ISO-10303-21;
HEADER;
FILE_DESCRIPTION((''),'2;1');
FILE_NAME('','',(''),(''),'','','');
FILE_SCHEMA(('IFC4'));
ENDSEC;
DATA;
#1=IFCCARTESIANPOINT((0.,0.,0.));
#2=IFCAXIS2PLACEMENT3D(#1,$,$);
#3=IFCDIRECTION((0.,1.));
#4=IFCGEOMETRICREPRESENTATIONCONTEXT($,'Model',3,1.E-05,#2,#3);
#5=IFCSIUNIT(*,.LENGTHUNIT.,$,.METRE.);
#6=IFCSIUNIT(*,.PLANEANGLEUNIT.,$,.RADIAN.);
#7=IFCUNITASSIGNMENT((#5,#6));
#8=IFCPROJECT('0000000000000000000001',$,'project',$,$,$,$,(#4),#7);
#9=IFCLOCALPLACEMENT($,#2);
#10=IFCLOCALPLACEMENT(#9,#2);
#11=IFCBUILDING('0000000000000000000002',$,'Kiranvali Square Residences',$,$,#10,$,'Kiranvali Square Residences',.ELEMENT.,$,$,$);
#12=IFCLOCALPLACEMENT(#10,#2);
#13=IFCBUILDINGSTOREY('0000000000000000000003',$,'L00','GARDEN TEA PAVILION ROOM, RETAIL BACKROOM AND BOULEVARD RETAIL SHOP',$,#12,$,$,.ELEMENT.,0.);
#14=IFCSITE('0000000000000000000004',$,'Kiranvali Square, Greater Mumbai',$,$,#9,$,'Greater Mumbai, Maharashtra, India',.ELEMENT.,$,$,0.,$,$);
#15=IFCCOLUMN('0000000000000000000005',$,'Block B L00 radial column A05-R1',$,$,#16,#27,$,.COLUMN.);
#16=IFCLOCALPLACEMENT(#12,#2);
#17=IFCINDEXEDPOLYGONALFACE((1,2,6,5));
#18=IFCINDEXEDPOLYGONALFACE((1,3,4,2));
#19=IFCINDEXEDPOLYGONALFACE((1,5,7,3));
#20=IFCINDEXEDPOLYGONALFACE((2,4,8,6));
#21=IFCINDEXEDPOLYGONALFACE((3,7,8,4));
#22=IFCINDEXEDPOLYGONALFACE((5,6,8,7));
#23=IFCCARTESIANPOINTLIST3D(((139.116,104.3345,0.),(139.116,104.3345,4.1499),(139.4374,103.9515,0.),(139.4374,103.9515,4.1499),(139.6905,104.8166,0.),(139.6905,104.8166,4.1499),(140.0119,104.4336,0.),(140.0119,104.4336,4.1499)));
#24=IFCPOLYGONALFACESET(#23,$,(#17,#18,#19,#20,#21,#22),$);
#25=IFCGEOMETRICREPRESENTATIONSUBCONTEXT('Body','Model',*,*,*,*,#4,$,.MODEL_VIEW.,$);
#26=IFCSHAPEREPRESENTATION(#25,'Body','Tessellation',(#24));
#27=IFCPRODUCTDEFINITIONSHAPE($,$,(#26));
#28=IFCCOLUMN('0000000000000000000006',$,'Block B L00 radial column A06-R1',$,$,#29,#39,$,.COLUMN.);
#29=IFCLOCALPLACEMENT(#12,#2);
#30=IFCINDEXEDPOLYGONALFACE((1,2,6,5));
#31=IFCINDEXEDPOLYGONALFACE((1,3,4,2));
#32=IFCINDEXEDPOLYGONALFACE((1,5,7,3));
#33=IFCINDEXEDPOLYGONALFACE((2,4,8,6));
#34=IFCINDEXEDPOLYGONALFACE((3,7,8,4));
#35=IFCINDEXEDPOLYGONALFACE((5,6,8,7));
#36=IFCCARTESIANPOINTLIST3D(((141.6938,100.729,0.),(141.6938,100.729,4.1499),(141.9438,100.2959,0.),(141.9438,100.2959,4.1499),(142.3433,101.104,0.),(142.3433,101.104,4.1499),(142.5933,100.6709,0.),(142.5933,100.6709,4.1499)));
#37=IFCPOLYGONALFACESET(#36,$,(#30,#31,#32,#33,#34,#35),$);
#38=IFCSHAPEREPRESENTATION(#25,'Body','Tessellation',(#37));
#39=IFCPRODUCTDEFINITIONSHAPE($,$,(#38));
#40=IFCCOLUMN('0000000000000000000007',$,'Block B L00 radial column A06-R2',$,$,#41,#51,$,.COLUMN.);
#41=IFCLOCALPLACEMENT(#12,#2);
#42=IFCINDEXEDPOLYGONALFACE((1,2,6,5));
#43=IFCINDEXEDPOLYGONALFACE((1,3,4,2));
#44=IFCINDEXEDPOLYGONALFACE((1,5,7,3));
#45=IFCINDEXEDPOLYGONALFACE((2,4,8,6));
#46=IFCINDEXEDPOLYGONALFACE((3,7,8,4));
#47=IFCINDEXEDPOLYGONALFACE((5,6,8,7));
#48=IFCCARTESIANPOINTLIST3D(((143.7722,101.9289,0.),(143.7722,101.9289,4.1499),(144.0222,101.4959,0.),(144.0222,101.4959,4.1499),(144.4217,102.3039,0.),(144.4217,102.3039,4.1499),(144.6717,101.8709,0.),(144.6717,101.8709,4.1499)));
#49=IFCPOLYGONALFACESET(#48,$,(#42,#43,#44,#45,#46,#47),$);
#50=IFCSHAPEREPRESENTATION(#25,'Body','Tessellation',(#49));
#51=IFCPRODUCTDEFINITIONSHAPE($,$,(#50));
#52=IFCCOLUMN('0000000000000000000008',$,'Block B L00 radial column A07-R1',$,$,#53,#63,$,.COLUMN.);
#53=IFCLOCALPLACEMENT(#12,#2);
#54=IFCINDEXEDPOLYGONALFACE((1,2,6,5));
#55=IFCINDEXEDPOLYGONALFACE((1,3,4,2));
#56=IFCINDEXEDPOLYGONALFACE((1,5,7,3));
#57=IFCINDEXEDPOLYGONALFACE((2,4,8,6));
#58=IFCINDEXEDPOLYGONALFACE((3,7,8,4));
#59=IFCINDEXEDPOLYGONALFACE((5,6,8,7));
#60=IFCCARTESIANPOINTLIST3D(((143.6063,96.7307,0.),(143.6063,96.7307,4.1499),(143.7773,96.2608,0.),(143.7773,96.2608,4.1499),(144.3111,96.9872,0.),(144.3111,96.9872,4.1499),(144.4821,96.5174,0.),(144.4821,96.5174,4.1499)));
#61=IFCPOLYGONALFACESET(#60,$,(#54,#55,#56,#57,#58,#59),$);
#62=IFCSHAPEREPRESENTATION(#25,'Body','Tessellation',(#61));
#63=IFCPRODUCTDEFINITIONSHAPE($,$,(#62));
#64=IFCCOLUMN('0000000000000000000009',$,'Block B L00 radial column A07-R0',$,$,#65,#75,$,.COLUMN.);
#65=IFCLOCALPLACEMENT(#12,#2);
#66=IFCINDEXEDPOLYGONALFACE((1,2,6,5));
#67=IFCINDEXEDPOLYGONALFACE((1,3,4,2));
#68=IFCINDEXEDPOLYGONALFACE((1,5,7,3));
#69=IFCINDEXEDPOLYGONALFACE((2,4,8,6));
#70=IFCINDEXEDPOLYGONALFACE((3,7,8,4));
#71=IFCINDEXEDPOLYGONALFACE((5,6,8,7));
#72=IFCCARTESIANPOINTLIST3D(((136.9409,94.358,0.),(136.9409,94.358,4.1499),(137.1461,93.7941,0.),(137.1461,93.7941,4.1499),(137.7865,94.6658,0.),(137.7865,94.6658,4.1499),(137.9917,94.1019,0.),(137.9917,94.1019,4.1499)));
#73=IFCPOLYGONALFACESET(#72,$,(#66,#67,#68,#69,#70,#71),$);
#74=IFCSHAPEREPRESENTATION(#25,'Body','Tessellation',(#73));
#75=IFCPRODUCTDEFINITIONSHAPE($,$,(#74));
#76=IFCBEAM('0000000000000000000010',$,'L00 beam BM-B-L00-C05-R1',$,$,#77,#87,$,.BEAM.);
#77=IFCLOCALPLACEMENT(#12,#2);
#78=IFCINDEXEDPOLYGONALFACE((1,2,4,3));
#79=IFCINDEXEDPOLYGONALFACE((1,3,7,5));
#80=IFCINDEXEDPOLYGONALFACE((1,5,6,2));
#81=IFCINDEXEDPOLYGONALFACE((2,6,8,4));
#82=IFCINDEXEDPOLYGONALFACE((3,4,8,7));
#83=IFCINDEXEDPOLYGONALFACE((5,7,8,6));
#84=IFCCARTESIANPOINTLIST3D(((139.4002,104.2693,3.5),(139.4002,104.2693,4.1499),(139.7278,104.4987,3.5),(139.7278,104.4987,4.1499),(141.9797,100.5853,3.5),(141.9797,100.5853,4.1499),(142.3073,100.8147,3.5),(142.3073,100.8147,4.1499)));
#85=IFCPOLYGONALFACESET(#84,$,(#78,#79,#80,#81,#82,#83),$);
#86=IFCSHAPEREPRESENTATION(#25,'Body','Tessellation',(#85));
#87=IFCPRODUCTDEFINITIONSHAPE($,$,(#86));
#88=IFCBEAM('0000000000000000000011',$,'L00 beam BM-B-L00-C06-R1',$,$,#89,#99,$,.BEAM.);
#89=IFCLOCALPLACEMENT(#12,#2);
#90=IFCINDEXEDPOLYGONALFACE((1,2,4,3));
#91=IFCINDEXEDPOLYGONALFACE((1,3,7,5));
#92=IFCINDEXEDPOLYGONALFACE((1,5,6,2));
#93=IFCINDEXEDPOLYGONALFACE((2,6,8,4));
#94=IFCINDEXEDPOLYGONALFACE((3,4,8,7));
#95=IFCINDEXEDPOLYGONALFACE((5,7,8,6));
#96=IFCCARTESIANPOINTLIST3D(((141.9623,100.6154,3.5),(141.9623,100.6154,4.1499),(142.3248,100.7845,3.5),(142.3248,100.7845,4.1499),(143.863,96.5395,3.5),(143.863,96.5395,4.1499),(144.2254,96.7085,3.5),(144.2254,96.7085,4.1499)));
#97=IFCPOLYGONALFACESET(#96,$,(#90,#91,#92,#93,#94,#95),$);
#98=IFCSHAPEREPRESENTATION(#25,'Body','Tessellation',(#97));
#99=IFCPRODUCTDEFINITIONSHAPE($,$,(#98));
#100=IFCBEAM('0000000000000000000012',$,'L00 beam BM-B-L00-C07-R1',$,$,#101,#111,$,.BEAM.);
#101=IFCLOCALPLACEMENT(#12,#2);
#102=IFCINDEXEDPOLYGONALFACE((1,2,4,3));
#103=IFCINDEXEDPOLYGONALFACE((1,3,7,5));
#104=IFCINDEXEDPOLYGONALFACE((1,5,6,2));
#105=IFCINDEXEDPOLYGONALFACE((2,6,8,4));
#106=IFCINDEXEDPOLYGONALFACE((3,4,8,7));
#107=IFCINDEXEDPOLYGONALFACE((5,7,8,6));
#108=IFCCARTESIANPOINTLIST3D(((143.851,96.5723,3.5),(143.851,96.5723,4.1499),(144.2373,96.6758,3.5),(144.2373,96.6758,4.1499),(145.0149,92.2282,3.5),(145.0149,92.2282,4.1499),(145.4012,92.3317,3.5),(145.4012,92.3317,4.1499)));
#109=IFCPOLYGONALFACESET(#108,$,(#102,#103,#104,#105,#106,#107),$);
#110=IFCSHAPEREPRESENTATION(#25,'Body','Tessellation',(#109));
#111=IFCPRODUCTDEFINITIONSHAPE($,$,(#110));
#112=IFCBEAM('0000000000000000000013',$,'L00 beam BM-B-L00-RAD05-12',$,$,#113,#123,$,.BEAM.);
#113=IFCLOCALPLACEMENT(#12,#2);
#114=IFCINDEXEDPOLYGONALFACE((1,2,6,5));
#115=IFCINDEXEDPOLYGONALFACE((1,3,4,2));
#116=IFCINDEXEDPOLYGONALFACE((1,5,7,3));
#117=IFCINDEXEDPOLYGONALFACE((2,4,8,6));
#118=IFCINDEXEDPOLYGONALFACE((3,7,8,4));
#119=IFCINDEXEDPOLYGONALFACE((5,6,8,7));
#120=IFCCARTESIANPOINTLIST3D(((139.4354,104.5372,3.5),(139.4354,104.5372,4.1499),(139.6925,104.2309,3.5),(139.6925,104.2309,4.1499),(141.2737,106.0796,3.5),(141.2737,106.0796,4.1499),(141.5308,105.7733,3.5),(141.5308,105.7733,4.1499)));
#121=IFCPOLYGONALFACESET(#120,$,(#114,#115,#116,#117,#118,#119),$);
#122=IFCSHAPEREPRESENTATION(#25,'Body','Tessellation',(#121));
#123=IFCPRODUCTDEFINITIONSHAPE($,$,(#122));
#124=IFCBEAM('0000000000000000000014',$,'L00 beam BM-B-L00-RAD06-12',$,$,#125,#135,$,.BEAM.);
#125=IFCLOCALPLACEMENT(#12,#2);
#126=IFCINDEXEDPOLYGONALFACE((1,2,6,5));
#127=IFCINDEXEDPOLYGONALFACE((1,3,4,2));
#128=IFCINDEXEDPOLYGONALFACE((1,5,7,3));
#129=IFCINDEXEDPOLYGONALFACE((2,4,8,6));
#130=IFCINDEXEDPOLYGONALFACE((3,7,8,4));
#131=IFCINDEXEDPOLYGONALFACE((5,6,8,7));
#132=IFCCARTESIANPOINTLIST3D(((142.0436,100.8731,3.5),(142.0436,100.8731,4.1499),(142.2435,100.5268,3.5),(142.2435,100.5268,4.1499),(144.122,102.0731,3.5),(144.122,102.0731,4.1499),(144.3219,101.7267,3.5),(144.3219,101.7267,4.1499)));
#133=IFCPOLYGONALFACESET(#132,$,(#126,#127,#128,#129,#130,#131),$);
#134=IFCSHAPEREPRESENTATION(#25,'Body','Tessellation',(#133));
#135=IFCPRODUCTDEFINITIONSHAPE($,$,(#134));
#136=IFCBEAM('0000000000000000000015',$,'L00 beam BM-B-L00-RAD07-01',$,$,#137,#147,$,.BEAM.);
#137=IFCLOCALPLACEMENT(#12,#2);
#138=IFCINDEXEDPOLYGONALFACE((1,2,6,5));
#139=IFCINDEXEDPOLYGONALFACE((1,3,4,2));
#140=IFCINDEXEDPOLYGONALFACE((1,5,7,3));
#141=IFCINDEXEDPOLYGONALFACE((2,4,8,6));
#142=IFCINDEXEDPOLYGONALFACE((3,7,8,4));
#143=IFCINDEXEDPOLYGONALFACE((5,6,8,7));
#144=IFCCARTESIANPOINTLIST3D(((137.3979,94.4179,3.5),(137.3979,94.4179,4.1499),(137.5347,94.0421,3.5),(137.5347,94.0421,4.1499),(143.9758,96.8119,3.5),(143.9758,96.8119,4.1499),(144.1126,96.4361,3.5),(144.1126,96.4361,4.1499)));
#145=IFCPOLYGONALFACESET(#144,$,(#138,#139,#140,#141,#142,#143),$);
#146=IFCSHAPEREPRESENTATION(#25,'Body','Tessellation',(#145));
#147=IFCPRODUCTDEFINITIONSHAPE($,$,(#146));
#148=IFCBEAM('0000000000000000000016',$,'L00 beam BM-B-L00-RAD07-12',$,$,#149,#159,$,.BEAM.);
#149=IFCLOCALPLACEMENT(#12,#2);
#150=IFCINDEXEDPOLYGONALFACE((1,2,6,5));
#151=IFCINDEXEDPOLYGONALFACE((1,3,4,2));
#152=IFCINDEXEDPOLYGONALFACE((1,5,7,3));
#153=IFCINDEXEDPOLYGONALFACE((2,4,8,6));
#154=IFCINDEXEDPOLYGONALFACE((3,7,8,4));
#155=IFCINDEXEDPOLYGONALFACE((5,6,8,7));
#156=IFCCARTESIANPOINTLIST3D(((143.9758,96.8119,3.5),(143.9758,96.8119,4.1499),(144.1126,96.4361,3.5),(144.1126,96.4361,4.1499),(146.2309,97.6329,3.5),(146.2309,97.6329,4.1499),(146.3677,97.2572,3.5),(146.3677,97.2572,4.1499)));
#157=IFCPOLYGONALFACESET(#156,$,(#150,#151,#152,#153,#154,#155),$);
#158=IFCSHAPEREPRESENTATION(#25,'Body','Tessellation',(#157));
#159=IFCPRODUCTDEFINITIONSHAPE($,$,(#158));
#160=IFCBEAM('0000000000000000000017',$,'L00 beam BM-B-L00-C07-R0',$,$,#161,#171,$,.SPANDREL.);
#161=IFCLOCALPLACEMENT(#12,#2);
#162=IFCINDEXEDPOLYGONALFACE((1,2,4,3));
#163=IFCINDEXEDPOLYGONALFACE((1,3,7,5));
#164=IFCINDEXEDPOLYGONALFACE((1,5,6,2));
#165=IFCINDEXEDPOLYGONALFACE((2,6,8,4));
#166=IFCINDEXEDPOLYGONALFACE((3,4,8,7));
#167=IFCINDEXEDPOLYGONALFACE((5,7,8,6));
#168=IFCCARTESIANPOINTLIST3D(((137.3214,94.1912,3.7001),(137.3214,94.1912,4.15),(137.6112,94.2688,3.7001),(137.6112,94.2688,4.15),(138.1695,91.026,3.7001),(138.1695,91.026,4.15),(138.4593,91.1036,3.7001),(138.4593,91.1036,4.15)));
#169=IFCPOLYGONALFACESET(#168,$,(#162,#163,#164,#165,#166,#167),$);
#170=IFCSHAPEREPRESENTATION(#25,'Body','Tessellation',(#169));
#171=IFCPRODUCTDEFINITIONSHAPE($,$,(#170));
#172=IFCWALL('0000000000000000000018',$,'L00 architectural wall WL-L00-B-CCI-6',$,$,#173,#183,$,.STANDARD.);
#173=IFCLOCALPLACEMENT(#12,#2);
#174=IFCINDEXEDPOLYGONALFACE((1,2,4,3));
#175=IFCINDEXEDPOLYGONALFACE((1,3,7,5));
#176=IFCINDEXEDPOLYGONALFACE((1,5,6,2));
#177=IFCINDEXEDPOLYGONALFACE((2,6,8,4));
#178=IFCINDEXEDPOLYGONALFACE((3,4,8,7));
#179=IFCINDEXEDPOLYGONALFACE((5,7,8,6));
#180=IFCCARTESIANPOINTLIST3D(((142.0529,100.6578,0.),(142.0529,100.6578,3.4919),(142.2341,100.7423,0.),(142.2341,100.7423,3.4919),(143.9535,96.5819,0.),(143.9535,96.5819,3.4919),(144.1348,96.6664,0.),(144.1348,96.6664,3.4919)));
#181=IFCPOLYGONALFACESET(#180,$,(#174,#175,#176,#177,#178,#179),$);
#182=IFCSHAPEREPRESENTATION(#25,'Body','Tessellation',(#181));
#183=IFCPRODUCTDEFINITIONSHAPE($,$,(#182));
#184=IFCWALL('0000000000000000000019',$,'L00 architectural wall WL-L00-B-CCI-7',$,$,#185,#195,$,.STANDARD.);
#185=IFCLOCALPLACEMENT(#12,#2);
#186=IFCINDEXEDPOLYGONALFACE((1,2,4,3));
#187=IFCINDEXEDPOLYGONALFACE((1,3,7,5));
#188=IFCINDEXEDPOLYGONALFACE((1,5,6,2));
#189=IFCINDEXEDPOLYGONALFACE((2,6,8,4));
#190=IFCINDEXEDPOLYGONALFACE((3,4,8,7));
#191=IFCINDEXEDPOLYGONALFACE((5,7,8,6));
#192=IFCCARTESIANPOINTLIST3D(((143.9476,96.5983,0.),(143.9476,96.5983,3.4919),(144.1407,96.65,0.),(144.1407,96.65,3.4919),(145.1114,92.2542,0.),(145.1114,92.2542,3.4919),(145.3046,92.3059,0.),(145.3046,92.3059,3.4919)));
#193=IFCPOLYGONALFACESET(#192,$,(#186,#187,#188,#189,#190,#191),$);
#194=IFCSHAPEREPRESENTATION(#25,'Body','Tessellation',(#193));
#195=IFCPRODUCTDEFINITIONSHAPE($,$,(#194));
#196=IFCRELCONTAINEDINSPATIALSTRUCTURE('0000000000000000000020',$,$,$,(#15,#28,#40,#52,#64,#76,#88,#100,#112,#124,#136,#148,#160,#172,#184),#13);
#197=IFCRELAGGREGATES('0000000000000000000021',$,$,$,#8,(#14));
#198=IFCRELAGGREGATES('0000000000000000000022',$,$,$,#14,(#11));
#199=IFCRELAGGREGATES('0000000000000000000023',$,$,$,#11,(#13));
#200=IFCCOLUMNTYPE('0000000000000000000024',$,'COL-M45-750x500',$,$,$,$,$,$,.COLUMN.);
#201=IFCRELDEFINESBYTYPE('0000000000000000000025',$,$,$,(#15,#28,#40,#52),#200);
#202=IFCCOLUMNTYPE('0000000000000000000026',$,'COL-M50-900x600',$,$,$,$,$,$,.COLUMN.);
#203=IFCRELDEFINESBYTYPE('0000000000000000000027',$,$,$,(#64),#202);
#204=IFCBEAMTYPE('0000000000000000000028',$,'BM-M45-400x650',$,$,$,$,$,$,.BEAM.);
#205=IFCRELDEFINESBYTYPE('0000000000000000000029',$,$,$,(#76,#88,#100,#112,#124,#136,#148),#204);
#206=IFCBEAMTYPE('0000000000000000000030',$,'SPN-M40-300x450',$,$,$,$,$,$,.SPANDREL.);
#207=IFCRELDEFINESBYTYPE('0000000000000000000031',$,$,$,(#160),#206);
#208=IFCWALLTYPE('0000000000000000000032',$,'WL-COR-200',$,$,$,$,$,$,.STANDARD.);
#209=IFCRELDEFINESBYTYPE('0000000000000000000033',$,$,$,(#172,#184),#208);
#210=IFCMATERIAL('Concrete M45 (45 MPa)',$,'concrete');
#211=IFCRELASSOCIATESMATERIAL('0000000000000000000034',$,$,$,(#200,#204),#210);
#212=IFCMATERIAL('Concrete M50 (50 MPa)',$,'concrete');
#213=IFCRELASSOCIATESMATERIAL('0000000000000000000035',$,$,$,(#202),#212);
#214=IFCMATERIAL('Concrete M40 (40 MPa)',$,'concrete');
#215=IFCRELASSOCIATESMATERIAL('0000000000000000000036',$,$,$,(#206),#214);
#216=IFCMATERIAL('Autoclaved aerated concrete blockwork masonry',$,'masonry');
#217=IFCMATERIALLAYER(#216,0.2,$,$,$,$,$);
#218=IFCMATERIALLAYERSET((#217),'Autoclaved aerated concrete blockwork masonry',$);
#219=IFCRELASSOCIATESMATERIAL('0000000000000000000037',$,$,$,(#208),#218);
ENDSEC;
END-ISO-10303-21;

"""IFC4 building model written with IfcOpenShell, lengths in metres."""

from ifc_helpers import new_model, si_unit, direction, frame, frame_2d, origin, origin_2d, place, context, subcontext, project, spatial, rectangle, extrude, material, layer, layer_set, material_profile, profile_set, type_object, element, save


model = new_model("IFC4")

# Units and contexts
model_context = context("Model", 3, precision=1e-05, world=origin(), true_north=direction((0.0, 1.0)))
body_context = subcontext(model_context, "Body", "Model", "MODEL_VIEW")
ifc_project = project(units=[si_unit("LENGTHUNIT", "METRE"), si_unit("PLANEANGLEUNIT", "RADIAN")], contexts=[model_context])

# Site, building, storey
site_placement = place(None, origin())
site = spatial("IfcSite", under=ifc_project, at=site_placement, Name="Kiranvali Square, Greater Mumbai", LongName="Greater Mumbai, Maharashtra, India", CompositionType="ELEMENT", RefElevation=0.0)
building_placement = place(site_placement, origin())
building = spatial("IfcBuilding", under=site, at=building_placement, Name="Kiranvali Square Residences", LongName="Kiranvali Square Residences", CompositionType="ELEMENT")
storey_placement = place(building_placement, origin())
storey = spatial("IfcBuildingStorey", under=building, at=storey_placement, Name="L00", Description="GARDEN TEA PAVILION ROOM, RETAIL BACKROOM AND BOULEVARD RETAIL SHOP", CompositionType="ELEMENT", Elevation=0.0)

# Columns
ifc_material_1 = material(Name="Concrete M45 (45 MPa)", Category="concrete")
ifc_material_profile_1 = material_profile(ifc_material_1, rectangle(XDim=0.5, YDim=0.75, at=origin_2d()), Name="RC 750x500")
ifc_profile_set_1 = profile_set([ifc_material_profile_1], Name="Concrete M45 (45 MPa)")
column_type_1 = type_object("IfcColumnType", Name="COL-M45-750x500", PredefinedType="COLUMN", material=ifc_profile_set_1)
for number, where, z_axis, x_axis, name in (
    (1, (139.564, 104.384, 0.0), (0.0, 0.0, 1.0), (-0.642788, 0.766044, 0.0), "Block B L00 radial column A05-R1"),
    (2, (142.1436, 100.7, 0.0), (0.0, 0.0, 1.0), (-0.5, 0.866025, 0.0), "Block B L00 radial column A06-R1"),
    (3, (144.2219, 101.8999, 0.0), (0.0, 0.0, 1.0), (-0.5, 0.866025, 0.0), "Block B L00 radial column A06-R2"),
    (4, (144.0442, 96.624, 0.0), (0.0, 0.0, 1.0), (-0.34202, 0.939693, 0.0), "Block B L00 radial column A07-R1"),
):
    element("IfcColumn", number, at=place(storey_placement, frame(where, z_axis=z_axis, x_axis=x_axis)), inside=storey, type_object=column_type_1, Name=name, PredefinedType="COLUMN", context=body_context, shape_type="SweptSolid", body=[
        extrude(rectangle(XDim=0.5, YDim=0.75, at=origin_2d()), origin(), (0.0, 0.0, 1.0), 4.1499),
    ])
ifc_material_2 = material(Name="Concrete M50 (50 MPa)", Category="concrete")
ifc_material_profile_2 = material_profile(ifc_material_2, rectangle(XDim=0.6001, YDim=0.8999, at=origin_2d()), Name="RC 900x600")
ifc_profile_set_2 = profile_set([ifc_material_profile_2], Name="Concrete M50 (50 MPa)")
column_type_2 = type_object("IfcColumnType", Name="COL-M50-900x600", PredefinedType="COLUMN", material=ifc_profile_set_2)
column_placement = place(storey_placement, frame((137.4663, 94.23, 0.0), z_axis=(0.0, 0.0, 1.0), x_axis=(-0.34202, 0.939693, 0.0)))
element("IfcColumn", 5, at=column_placement, inside=storey, type_object=column_type_2, Name="Block B L00 radial column A07-R0", PredefinedType="COLUMN", context=body_context, shape_type="SweptSolid", body=[
    extrude(rectangle(XDim=0.6001, YDim=0.8999, at=origin_2d()), origin(), (0.0, 0.0, 1.0), 4.1499),
])

# Beams
ifc_material_profile_3 = material_profile(ifc_material_1, rectangle(XDim=0.3999, YDim=0.6499, at=origin_2d()), Name="RC 400x650")
ifc_profile_set_3 = profile_set([ifc_material_profile_3], Name="Concrete M45 (45 MPa)")
beam_type_1 = type_object("IfcBeamType", Name="BM-M45-400x650", PredefinedType="BEAM", material=ifc_profile_set_3)
for number, where, z_axis, x_axis, name in (
    (6, (139.564, 104.384, 3.825), (0.573572, -0.819155, 0.0), (0.819155, 0.573572, 0.0), "L00 beam BM-B-L00-C05-R1"),
    (7, (142.1436, 100.7, 3.825), (0.422618, -0.906308, 0.0), (0.906308, 0.422618, 0.0), "L00 beam BM-B-L00-C06-R1"),
    (8, (144.0442, 96.624, 3.825), (0.258788, -0.965934, 0.0), (0.965934, 0.258788, 0.0), "L00 beam BM-B-L00-C07-R1"),
):
    element("IfcBeam", number, at=place(storey_placement, frame(where, z_axis=z_axis, x_axis=x_axis)), inside=storey, type_object=beam_type_1, Name=name, PredefinedType="BEAM", context=body_context, shape_type="SweptSolid", body=[
        extrude(rectangle(XDim=0.3999, YDim=0.6499, at=origin_2d()), origin(), (0.0, 0.0, 1.0), 4.4973),
    ])
beam_1_placement = place(storey_placement, frame((139.564, 104.384, 3.825), z_axis=(0.766065, 0.642763, 0.0), x_axis=(-0.642763, 0.766065, 0.0)))
element("IfcBeam", 9, at=beam_1_placement, inside=storey, type_object=beam_type_1, Name="L00 beam BM-B-L00-RAD05-12", PredefinedType="BEAM", context=body_context, shape_type="SweptSolid", body=[
    extrude(rectangle(XDim=0.3999, YDim=0.6499, at=origin_2d()), origin(), (0.0, 0.0, 1.0), 2.3997),
])
beam_2_placement = place(storey_placement, frame((142.1436, 100.7, 3.825), z_axis=(0.866025, 0.500001, 0.0), x_axis=(-0.500001, 0.866025, 0.0)))
element("IfcBeam", 10, at=beam_2_placement, inside=storey, type_object=beam_type_1, Name="L00 beam BM-B-L00-RAD06-12", PredefinedType="BEAM", context=body_context, shape_type="SweptSolid", body=[
    extrude(rectangle(XDim=0.3999, YDim=0.6499, at=origin_2d()), origin(), (0.0, 0.0, 1.0), 2.3999),
])
beam_3_placement = place(storey_placement, frame((137.4663, 94.23, 3.825), z_axis=(0.939698, 0.342006, 0.0), x_axis=(-0.342006, 0.939698, 0.0)))
element("IfcBeam", 11, at=beam_3_placement, inside=storey, type_object=beam_type_1, Name="L00 beam BM-B-L00-RAD07-01", PredefinedType="BEAM", context=body_context, shape_type="SweptSolid", body=[
    extrude(rectangle(XDim=0.3999, YDim=0.6499, at=origin_2d()), origin(), (0.0, 0.0, 1.0), 7.0),
])
beam_4_placement = place(storey_placement, frame((144.0442, 96.624, 3.825), z_axis=(0.93966, 0.342111, 0.0), x_axis=(-0.342111, 0.93966, 0.0)))
element("IfcBeam", 12, at=beam_4_placement, inside=storey, type_object=beam_type_1, Name="L00 beam BM-B-L00-RAD07-12", PredefinedType="BEAM", context=body_context, shape_type="SweptSolid", body=[
    extrude(rectangle(XDim=0.3999, YDim=0.6499, at=origin_2d()), origin(), (0.0, 0.0, 1.0), 2.3999),
])
ifc_material_3 = material(Name="Concrete M40 (40 MPa)", Category="concrete")
ifc_material_profile_4 = material_profile(ifc_material_3, rectangle(XDim=0.3, YDim=0.45, at=origin_2d()), Name="RC 300x450")
ifc_profile_set_4 = profile_set([ifc_material_profile_4], Name="Concrete M40 (40 MPa)")
beam_type_2 = type_object("IfcBeamType", Name="SPN-M40-300x450", PredefinedType="SPANDREL", material=ifc_profile_set_4)
beam_5_placement = place(storey_placement, frame((137.4663, 94.23, 3.925), z_axis=(0.258822, -0.965925, 0.0), x_axis=(0.965925, 0.258822, 0.0)))
element("IfcBeam", 13, at=beam_5_placement, inside=storey, type_object=beam_type_2, Name="L00 beam BM-B-L00-C07-R0", PredefinedType="SPANDREL", context=body_context, shape_type="SweptSolid", body=[
    extrude(rectangle(XDim=0.3, YDim=0.45, at=origin_2d()), origin(), (0.0, 0.0, 1.0), 3.2769),
])

# Shared definitions
ifc_material_4 = material(Name="Autoclaved aerated concrete blockwork masonry", Category="masonry")
ifc_layer_1 = layer(ifc_material_4, 0.2)
ifc_layer_set_1 = layer_set([ifc_layer_1], Name="Autoclaved aerated concrete blockwork masonry")
wall_type_1 = type_object("IfcWallType", Name="WL-COR-200", PredefinedType="STANDARD", material=ifc_layer_set_1)

# Walls
for number, where, z_axis, x_axis, name in (
    (14, (142.1436, 100.7, 0.0), (0.0, 0.0, 1.0), (0.422618, -0.906308, 0.0), "L00 architectural wall WL-L00-B-CCI-6"),
    (15, (144.0442, 96.624, 0.0), (0.0, 0.0, 1.0), (0.258788, -0.965934, 0.0), "L00 architectural wall WL-L00-B-CCI-7"),
):
    element("IfcWall", number, at=place(storey_placement, frame(where, z_axis=z_axis, x_axis=x_axis)), inside=storey, type_object=wall_type_1, Name=name, PredefinedType="STANDARD", context=body_context, shape_type="SweptSolid", body=[
        extrude(rectangle(XDim=4.4973, YDim=0.2, at=frame_2d((2.2485, 0.0))), origin(), (0.0, 0.0, 1.0), 3.4919),
    ])

save(model, "model.ifc")
